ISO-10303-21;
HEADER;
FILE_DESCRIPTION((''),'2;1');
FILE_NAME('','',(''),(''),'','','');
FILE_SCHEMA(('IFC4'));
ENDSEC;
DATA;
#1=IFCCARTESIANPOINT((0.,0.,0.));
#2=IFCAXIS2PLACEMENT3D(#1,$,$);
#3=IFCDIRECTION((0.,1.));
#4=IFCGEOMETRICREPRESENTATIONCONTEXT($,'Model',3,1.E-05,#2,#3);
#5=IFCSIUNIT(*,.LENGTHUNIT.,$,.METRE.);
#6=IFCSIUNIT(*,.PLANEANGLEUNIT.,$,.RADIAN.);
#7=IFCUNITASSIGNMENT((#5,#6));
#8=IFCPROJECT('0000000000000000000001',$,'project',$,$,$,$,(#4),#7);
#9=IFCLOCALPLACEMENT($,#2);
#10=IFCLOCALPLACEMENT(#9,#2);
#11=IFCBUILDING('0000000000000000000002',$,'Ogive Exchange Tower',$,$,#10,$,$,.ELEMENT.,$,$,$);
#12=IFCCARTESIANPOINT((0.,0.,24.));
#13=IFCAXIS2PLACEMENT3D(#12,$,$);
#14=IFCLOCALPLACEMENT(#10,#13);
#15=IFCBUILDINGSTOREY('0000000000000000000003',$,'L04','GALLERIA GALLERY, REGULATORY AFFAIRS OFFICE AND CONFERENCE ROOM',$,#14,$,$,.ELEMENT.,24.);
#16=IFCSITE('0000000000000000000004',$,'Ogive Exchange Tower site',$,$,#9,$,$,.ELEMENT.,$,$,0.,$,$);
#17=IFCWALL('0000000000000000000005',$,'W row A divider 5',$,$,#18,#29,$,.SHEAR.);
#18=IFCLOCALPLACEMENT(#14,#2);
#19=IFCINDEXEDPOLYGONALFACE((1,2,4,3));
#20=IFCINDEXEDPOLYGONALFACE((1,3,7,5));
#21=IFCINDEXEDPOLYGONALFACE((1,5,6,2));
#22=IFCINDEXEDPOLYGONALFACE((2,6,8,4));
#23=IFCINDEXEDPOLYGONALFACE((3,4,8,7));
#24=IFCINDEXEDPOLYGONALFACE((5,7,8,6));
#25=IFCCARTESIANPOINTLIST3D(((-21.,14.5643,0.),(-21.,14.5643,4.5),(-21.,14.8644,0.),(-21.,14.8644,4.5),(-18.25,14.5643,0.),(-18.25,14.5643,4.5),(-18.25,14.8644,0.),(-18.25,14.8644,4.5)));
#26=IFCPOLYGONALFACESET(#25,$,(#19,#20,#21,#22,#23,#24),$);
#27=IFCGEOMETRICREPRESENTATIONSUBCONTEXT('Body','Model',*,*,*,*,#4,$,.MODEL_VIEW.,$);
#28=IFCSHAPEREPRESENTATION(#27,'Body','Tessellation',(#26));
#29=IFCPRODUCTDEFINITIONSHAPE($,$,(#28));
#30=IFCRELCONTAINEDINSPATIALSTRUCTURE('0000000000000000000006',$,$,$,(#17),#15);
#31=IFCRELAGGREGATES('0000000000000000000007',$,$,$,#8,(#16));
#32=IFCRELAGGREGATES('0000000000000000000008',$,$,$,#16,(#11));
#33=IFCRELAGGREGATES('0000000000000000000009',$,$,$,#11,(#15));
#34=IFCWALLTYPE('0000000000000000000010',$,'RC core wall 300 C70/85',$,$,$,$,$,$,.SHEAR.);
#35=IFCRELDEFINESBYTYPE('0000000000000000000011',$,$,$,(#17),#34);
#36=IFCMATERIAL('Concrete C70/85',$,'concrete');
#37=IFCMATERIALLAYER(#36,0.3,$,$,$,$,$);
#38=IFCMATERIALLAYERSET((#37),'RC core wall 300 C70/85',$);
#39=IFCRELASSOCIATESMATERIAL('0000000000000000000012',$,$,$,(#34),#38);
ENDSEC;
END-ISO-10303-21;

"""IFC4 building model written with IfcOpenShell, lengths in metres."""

from ifc_helpers import new_model, si_unit, direction, frame, frame_2d, origin, place, context, subcontext, project, spatial, rectangle, extrude, material, layer, layer_set, type_object, element, save


model = new_model("IFC4")

# Units and contexts
model_context = context("Model", 3, precision=1e-05, world=origin(), true_north=direction((0.0, 1.0)))
body_context = subcontext(model_context, "Body", "Model", "MODEL_VIEW")
ifc_project = project(units=[si_unit("LENGTHUNIT", "METRE"), si_unit("PLANEANGLEUNIT", "RADIAN")], contexts=[model_context])

# Site, building, storey
site_placement = place(None, origin())
site = spatial("IfcSite", under=ifc_project, at=site_placement, Name="Ogive Exchange Tower site", CompositionType="ELEMENT", RefElevation=0.0)
building_placement = place(site_placement, origin())
building = spatial("IfcBuilding", under=site, at=building_placement, Name="Ogive Exchange Tower", CompositionType="ELEMENT")
storey_placement = place(building_placement, frame((0.0, 0.0, 24.0)))
storey = spatial("IfcBuildingStorey", under=building, at=storey_placement, Name="L04", Description="GALLERIA GALLERY, REGULATORY AFFAIRS OFFICE AND CONFERENCE ROOM", CompositionType="ELEMENT", Elevation=24.0)

# Shared definitions
ifc_material_1 = material(Name="Concrete C70/85", Category="concrete")

# Wall
ifc_layer_1 = layer(ifc_material_1, 0.3)
ifc_layer_set_1 = layer_set([ifc_layer_1], Name="RC core wall 300 C70/85")
wall_type_1 = type_object("IfcWallType", Name="RC core wall 300 C70/85", PredefinedType="SHEAR", material=ifc_layer_set_1)
for number, where, z_axis, x_axis, name in (
    (1, (-21.0, 14.7144, 0.0), (0.0, 0.0, 1.0), (1.0, 0.0, 0.0), "W row A divider 5"),
):
    element("IfcWall", number, at=place(storey_placement, frame(where, z_axis=z_axis, x_axis=x_axis)), inside=storey, type_object=wall_type_1, Name=name, PredefinedType="SHEAR", context=body_context, shape_type="SweptSolid", body=[
        extrude(rectangle(XDim=2.75, YDim=0.3, at=frame_2d((1.375, 0.0))), origin(), (0.0, 0.0, 1.0), 4.5),
    ])

save(model, "model.ifc")
